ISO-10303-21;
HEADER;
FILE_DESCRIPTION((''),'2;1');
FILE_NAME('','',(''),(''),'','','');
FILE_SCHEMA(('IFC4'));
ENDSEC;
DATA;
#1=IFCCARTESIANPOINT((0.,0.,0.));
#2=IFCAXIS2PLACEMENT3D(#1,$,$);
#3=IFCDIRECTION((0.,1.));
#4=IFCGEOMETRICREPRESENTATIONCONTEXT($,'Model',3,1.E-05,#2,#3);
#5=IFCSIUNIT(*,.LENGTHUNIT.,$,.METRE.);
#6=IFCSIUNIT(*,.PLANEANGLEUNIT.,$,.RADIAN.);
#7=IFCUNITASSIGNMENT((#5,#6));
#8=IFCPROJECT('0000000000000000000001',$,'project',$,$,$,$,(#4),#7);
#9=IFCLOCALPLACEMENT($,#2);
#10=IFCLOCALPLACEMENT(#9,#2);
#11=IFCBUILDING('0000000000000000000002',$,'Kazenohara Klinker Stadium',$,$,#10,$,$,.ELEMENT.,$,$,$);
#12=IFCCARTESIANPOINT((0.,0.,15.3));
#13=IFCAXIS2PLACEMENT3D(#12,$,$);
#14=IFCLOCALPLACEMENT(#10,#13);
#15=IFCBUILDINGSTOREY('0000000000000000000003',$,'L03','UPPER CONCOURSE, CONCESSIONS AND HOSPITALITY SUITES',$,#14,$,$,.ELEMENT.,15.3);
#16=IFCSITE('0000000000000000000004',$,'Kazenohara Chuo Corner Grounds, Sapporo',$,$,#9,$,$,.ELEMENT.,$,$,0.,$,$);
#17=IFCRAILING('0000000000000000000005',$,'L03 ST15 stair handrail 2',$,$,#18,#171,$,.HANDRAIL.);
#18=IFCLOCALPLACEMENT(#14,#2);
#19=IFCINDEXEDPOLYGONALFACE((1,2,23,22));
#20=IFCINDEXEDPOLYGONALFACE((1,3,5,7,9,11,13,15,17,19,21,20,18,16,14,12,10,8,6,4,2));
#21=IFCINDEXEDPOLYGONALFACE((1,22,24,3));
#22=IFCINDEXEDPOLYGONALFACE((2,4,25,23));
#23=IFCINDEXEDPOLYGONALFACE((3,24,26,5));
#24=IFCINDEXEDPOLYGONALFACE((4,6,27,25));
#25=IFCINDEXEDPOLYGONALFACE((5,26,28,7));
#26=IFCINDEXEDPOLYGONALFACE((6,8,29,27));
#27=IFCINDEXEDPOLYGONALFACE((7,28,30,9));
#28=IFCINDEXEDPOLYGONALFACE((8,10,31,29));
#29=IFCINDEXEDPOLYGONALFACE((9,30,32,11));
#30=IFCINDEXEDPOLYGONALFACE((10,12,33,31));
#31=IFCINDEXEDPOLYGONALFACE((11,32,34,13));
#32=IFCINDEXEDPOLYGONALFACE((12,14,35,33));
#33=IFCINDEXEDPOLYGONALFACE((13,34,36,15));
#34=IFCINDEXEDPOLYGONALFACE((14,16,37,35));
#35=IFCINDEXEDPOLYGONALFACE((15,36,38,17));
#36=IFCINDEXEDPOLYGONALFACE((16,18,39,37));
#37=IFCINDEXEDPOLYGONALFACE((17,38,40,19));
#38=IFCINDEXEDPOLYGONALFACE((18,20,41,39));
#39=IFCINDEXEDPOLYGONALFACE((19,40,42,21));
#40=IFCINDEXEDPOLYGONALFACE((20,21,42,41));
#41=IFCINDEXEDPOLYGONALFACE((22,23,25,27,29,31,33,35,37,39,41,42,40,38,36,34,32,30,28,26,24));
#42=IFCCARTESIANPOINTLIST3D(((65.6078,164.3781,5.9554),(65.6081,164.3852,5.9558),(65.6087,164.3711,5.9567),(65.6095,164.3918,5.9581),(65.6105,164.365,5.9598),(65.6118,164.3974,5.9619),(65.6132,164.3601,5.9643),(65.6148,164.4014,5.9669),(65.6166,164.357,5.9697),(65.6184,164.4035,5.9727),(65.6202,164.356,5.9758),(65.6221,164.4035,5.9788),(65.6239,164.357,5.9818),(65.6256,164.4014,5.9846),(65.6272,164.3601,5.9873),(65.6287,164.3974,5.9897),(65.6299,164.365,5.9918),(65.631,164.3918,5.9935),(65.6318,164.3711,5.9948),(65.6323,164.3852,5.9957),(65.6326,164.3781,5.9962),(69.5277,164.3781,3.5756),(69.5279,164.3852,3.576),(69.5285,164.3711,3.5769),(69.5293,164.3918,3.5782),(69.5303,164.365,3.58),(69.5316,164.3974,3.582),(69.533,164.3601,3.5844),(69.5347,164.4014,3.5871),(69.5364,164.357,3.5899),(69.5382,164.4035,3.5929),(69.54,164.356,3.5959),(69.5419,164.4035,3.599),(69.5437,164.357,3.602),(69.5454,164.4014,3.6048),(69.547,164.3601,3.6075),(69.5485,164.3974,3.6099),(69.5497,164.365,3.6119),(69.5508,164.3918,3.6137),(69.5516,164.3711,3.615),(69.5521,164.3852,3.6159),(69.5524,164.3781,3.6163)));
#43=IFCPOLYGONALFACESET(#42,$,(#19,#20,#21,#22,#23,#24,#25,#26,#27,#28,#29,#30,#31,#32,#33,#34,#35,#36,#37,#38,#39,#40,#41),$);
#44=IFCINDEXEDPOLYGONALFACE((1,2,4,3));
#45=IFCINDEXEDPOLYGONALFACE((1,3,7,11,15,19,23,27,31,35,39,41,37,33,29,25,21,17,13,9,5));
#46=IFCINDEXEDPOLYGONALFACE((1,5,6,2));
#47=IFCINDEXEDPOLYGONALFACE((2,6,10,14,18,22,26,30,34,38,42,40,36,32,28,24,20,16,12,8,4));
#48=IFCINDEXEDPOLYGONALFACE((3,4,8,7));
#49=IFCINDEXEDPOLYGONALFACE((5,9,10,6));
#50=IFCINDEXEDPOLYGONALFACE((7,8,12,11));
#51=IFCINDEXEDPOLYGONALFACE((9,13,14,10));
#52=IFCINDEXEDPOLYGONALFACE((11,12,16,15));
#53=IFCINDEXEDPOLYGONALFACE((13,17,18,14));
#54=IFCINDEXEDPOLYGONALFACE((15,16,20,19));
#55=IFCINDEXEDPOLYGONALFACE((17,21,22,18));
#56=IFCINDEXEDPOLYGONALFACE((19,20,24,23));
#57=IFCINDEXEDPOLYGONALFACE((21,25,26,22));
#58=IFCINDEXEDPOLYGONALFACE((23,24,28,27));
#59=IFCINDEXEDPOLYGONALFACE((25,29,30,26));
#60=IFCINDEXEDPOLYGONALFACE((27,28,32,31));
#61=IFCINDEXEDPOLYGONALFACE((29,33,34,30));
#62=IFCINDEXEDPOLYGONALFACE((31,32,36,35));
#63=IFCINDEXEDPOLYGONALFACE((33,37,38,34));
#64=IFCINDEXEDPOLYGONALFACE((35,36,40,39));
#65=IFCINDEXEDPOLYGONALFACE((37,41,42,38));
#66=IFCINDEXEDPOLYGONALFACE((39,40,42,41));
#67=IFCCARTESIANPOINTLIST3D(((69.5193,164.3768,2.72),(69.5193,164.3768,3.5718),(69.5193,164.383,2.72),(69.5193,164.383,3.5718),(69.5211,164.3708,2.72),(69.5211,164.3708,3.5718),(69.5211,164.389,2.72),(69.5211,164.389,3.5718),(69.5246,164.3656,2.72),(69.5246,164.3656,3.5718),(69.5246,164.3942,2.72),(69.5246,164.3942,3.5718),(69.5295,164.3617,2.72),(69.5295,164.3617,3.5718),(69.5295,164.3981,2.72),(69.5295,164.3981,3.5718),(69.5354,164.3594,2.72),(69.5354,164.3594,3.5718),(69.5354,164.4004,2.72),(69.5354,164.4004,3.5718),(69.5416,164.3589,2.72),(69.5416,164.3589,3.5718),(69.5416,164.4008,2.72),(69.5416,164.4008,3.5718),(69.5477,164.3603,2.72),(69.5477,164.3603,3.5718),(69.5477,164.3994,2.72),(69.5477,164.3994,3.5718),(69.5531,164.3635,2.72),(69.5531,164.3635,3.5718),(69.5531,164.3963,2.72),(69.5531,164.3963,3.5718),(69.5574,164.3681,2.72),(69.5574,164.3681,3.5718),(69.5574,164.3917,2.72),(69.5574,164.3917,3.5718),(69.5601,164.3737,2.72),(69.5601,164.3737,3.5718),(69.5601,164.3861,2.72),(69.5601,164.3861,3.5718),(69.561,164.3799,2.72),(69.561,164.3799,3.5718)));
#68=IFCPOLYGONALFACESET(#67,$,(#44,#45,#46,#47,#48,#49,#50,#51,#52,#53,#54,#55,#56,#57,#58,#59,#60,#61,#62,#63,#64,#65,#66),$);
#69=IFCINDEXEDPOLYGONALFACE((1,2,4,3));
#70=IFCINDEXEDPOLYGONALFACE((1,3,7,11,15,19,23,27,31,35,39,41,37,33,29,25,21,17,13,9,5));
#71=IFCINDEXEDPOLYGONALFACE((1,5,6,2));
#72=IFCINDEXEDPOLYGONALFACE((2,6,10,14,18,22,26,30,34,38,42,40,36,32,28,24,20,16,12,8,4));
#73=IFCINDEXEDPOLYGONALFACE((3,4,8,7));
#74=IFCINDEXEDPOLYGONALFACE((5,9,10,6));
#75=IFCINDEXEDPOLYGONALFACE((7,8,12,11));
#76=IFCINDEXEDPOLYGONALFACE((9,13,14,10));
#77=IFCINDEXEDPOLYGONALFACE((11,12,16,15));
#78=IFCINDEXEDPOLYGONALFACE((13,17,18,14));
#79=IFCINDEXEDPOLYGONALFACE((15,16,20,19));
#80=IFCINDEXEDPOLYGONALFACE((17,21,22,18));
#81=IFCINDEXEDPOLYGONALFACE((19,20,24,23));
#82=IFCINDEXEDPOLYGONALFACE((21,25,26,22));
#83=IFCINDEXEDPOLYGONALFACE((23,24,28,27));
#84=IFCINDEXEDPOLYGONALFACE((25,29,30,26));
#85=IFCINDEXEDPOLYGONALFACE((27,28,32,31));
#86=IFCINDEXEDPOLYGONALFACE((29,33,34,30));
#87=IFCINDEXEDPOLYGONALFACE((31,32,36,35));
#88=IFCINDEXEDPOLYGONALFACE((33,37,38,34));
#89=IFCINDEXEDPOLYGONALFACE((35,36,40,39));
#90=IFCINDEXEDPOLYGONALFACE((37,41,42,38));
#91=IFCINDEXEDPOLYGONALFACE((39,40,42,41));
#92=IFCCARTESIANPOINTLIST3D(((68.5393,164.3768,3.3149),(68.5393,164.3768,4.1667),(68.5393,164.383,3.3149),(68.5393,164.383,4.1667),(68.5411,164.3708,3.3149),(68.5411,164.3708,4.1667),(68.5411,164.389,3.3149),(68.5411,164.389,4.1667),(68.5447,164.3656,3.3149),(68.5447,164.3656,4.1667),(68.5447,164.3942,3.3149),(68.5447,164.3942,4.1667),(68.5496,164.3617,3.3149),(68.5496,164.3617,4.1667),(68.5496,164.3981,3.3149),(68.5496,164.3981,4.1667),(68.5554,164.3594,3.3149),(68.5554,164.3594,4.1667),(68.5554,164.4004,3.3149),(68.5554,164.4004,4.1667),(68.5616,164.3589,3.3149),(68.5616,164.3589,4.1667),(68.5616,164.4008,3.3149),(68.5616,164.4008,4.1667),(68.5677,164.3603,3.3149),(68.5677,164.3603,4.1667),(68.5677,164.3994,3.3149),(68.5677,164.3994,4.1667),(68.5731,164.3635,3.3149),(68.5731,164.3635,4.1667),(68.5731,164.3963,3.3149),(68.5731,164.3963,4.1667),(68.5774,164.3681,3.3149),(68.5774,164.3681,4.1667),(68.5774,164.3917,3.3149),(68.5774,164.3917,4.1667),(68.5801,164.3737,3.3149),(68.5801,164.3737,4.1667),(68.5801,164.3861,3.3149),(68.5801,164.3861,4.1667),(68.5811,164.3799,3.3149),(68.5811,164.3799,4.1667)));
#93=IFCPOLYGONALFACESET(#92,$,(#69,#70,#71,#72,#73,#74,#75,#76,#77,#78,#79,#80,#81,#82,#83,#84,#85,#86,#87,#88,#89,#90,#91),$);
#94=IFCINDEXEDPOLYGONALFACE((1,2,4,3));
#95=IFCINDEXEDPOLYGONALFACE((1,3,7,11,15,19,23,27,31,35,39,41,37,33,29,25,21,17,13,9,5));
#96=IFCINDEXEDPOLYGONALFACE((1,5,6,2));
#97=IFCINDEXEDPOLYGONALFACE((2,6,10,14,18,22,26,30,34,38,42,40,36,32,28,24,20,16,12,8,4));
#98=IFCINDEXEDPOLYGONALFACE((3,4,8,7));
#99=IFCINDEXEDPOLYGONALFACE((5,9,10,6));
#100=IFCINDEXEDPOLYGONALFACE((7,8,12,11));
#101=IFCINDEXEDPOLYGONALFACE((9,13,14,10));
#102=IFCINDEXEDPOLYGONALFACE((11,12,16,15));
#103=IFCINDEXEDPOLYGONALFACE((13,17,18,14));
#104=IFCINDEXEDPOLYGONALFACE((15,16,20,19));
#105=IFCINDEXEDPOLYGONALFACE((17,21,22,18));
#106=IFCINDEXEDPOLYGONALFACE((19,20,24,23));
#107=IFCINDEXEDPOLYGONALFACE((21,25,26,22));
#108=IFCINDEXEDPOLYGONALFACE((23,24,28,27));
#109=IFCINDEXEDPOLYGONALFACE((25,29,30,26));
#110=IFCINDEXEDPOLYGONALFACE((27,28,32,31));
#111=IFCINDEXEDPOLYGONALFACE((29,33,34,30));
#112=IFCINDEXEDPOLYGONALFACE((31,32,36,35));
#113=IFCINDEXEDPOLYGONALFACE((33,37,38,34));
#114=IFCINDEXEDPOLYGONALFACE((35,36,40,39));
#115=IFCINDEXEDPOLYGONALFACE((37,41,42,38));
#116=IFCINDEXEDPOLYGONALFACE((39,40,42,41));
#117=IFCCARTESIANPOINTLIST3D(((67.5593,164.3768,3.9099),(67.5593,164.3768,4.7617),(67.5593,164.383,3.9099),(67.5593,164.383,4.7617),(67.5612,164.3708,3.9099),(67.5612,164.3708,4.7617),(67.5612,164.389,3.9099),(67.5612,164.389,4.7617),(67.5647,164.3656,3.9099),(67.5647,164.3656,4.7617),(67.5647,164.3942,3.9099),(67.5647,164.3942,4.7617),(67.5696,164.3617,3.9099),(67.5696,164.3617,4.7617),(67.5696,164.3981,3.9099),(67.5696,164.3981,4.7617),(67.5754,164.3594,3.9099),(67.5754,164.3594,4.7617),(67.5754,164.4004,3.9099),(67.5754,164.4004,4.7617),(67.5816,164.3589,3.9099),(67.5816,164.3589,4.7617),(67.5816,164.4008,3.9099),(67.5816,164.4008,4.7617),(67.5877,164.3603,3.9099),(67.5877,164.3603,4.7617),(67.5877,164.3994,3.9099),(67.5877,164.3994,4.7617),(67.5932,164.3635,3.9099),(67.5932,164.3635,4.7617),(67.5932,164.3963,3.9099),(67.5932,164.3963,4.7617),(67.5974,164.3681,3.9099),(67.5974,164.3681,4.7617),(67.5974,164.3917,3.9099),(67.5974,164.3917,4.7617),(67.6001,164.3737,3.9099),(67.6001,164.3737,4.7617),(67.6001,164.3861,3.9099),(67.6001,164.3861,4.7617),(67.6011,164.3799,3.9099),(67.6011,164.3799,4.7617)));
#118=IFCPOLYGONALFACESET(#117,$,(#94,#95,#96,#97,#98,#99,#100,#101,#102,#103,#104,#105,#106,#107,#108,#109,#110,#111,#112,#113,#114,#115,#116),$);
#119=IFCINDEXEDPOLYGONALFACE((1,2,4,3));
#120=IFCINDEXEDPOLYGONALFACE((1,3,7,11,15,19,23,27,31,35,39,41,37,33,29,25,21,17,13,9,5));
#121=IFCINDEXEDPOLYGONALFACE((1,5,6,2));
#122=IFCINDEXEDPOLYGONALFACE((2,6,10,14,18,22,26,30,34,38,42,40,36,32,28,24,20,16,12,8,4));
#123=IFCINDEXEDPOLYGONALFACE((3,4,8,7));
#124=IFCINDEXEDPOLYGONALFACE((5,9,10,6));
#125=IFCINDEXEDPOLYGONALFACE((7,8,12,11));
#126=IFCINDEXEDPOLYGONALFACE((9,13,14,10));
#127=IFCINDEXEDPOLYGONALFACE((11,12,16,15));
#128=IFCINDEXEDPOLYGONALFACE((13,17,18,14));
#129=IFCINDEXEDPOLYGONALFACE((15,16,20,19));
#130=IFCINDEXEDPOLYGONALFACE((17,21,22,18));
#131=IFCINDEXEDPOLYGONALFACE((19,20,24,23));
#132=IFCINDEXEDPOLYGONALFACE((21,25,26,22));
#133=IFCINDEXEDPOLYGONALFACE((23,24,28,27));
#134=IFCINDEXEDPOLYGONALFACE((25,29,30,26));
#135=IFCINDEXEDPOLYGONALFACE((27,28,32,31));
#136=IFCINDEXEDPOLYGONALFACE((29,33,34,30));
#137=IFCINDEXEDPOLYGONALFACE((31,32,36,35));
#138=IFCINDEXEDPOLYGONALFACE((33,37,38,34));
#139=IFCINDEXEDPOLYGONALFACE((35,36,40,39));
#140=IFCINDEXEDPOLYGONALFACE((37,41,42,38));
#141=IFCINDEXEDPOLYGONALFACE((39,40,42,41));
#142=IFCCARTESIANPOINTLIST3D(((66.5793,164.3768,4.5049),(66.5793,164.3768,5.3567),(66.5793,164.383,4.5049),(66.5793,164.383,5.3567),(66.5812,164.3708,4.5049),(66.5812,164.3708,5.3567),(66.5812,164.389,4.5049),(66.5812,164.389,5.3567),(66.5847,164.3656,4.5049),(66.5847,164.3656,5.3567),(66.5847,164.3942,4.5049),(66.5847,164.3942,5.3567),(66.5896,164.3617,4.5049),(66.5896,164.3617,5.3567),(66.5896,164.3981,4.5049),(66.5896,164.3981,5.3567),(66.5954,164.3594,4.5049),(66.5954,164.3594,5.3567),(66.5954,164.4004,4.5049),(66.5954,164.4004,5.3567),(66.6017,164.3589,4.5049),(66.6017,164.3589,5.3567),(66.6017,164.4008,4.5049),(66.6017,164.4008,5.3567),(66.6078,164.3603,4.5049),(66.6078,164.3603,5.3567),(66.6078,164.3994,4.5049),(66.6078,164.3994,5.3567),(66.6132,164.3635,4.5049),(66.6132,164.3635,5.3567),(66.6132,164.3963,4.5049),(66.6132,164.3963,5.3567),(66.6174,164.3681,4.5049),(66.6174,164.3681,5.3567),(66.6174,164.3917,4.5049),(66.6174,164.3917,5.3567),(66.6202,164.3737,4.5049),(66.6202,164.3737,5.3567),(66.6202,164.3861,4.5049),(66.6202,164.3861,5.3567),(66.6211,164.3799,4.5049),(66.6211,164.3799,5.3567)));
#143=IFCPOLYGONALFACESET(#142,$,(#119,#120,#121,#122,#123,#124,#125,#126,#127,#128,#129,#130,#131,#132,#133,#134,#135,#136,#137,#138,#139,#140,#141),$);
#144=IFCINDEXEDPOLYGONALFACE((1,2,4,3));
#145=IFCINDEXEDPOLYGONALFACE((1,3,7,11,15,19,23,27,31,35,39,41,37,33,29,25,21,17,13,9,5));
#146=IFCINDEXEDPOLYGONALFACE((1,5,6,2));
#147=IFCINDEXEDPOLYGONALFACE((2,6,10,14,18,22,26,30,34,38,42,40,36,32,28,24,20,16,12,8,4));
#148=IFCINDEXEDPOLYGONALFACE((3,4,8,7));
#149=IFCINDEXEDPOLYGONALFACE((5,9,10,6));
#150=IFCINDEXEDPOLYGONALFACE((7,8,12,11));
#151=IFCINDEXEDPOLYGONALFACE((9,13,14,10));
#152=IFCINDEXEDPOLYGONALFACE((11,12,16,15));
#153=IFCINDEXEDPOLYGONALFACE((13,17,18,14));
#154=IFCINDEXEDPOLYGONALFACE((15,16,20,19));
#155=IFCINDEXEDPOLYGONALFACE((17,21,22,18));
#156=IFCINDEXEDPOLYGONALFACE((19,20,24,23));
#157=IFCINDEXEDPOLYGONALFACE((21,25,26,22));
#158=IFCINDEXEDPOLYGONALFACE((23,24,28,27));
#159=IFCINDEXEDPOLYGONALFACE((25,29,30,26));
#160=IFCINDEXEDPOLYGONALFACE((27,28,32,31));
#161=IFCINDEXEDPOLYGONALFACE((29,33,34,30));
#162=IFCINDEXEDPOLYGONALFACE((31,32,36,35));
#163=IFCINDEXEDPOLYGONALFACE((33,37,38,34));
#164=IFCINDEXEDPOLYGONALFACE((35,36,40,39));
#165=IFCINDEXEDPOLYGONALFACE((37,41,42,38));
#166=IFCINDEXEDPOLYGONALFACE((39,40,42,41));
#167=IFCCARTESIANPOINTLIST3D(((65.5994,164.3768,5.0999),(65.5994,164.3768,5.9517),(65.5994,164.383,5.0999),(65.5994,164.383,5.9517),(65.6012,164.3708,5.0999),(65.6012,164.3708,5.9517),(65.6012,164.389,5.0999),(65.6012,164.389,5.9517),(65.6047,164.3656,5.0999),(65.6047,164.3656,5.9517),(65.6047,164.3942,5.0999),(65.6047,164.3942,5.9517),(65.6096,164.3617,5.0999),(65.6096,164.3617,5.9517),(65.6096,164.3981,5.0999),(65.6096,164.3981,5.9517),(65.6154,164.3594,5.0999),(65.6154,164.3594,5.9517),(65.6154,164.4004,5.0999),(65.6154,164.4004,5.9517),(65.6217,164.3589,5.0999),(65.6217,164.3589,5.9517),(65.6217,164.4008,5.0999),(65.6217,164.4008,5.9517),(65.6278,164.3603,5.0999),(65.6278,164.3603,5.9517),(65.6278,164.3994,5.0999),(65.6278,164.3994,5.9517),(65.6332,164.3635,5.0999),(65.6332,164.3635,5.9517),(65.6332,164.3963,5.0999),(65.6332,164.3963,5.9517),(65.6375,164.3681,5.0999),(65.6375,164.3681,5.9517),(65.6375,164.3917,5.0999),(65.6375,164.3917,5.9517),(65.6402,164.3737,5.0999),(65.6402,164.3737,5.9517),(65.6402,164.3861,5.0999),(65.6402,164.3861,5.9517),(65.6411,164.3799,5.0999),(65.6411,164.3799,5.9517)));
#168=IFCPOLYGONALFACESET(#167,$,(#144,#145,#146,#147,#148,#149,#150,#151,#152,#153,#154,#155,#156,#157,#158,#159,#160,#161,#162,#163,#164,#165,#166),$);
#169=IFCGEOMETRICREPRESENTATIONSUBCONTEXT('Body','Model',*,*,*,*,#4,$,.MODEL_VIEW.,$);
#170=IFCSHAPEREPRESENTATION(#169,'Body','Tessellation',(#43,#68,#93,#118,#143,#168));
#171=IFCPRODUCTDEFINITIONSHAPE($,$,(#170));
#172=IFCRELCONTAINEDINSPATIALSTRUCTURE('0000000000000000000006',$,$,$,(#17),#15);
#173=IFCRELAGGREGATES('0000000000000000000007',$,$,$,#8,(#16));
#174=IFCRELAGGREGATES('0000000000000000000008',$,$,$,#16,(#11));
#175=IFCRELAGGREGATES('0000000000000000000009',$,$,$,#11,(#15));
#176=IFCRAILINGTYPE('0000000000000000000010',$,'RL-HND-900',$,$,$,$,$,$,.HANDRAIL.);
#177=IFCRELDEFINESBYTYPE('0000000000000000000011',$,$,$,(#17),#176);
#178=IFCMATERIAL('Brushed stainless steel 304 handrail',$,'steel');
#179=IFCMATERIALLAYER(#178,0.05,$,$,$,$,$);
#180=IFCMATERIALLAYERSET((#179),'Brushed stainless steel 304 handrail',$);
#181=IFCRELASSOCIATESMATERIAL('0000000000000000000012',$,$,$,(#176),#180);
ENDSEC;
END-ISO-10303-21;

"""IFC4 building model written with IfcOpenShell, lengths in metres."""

from ifc_helpers import new_model, si_unit, direction, frame, origin, origin_2d, place, context, subcontext, project, spatial, circle, extrude, material, layer, layer_set, type_object, element, save


model = new_model("IFC4")

# Units and contexts
model_context = context("Model", 3, precision=1e-05, world=origin(), true_north=direction((0.0, 1.0)))
body_context = subcontext(model_context, "Body", "Model", "MODEL_VIEW")
ifc_project = project(units=[si_unit("LENGTHUNIT", "METRE"), si_unit("PLANEANGLEUNIT", "RADIAN")], contexts=[model_context])

# Site, building, storey
site_placement = place(None, origin())
site = spatial("IfcSite", under=ifc_project, at=site_placement, Name="Kazenohara Chuo Corner Grounds, Sapporo", CompositionType="ELEMENT", RefElevation=0.0)
building_placement = place(site_placement, origin())
building = spatial("IfcBuilding", under=site, at=building_placement, Name="Kazenohara Klinker Stadium", CompositionType="ELEMENT")
storey_placement = place(building_placement, frame((0.0, 0.0, 15.3)))
storey = spatial("IfcBuildingStorey", under=building, at=storey_placement, Name="L03", Description="UPPER CONCOURSE, CONCESSIONS AND HOSPITALITY SUITES", CompositionType="ELEMENT", Elevation=15.3)

# Railing
ifc_material_1 = material(Name="Brushed stainless steel 304 handrail", Category="steel")
ifc_layer_1 = layer(ifc_material_1, 0.05)
ifc_layer_set_1 = layer_set([ifc_layer_1], Name="Brushed stainless steel 304 handrail")
railing_type_1 = type_object("IfcRailingType", Name="RL-HND-900", PredefinedType="HANDRAIL", material=ifc_layer_set_1)
for number, where, name in (
    (1, (69.54, 164.3799, 2.72), "L03 ST15 stair handrail 2"),
):
    element("IfcRailing", number, at=place(storey_placement, frame(where)), inside=storey, type_object=railing_type_1, Name=name, PredefinedType="HANDRAIL", context=body_context, shape_type="SweptSolid", body=[
        extrude(circle(Radius=0.0239, at=origin_2d()), frame((0.0, 0.0, 0.876), z_axis=(-0.854794, 0.0, 0.518967), x_axis=(0.0, -1.0, 0.0)), (0.0, 0.0, 1.0), 4.5857),
        extrude(circle(Radius=0.021, at=origin_2d()), origin(), (0.0, 0.0, 1.0), 0.8518),
        extrude(circle(Radius=0.021, at=origin_2d()), frame((-0.98, 0.0, 0.595)), (0.0, 0.0, 1.0), 0.8518),
        extrude(circle(Radius=0.021, at=origin_2d()), frame((-1.96, 0.0, 1.1899)), (0.0, 0.0, 1.0), 0.8518),
        extrude(circle(Radius=0.021, at=origin_2d()), frame((-2.9399, 0.0, 1.7849)), (0.0, 0.0, 1.0), 0.8518),
        extrude(circle(Radius=0.021, at=origin_2d()), frame((-3.9199, 0.0, 2.3799)), (0.0, 0.0, 1.0), 0.8518),
    ])

save(model, "model.ifc")
